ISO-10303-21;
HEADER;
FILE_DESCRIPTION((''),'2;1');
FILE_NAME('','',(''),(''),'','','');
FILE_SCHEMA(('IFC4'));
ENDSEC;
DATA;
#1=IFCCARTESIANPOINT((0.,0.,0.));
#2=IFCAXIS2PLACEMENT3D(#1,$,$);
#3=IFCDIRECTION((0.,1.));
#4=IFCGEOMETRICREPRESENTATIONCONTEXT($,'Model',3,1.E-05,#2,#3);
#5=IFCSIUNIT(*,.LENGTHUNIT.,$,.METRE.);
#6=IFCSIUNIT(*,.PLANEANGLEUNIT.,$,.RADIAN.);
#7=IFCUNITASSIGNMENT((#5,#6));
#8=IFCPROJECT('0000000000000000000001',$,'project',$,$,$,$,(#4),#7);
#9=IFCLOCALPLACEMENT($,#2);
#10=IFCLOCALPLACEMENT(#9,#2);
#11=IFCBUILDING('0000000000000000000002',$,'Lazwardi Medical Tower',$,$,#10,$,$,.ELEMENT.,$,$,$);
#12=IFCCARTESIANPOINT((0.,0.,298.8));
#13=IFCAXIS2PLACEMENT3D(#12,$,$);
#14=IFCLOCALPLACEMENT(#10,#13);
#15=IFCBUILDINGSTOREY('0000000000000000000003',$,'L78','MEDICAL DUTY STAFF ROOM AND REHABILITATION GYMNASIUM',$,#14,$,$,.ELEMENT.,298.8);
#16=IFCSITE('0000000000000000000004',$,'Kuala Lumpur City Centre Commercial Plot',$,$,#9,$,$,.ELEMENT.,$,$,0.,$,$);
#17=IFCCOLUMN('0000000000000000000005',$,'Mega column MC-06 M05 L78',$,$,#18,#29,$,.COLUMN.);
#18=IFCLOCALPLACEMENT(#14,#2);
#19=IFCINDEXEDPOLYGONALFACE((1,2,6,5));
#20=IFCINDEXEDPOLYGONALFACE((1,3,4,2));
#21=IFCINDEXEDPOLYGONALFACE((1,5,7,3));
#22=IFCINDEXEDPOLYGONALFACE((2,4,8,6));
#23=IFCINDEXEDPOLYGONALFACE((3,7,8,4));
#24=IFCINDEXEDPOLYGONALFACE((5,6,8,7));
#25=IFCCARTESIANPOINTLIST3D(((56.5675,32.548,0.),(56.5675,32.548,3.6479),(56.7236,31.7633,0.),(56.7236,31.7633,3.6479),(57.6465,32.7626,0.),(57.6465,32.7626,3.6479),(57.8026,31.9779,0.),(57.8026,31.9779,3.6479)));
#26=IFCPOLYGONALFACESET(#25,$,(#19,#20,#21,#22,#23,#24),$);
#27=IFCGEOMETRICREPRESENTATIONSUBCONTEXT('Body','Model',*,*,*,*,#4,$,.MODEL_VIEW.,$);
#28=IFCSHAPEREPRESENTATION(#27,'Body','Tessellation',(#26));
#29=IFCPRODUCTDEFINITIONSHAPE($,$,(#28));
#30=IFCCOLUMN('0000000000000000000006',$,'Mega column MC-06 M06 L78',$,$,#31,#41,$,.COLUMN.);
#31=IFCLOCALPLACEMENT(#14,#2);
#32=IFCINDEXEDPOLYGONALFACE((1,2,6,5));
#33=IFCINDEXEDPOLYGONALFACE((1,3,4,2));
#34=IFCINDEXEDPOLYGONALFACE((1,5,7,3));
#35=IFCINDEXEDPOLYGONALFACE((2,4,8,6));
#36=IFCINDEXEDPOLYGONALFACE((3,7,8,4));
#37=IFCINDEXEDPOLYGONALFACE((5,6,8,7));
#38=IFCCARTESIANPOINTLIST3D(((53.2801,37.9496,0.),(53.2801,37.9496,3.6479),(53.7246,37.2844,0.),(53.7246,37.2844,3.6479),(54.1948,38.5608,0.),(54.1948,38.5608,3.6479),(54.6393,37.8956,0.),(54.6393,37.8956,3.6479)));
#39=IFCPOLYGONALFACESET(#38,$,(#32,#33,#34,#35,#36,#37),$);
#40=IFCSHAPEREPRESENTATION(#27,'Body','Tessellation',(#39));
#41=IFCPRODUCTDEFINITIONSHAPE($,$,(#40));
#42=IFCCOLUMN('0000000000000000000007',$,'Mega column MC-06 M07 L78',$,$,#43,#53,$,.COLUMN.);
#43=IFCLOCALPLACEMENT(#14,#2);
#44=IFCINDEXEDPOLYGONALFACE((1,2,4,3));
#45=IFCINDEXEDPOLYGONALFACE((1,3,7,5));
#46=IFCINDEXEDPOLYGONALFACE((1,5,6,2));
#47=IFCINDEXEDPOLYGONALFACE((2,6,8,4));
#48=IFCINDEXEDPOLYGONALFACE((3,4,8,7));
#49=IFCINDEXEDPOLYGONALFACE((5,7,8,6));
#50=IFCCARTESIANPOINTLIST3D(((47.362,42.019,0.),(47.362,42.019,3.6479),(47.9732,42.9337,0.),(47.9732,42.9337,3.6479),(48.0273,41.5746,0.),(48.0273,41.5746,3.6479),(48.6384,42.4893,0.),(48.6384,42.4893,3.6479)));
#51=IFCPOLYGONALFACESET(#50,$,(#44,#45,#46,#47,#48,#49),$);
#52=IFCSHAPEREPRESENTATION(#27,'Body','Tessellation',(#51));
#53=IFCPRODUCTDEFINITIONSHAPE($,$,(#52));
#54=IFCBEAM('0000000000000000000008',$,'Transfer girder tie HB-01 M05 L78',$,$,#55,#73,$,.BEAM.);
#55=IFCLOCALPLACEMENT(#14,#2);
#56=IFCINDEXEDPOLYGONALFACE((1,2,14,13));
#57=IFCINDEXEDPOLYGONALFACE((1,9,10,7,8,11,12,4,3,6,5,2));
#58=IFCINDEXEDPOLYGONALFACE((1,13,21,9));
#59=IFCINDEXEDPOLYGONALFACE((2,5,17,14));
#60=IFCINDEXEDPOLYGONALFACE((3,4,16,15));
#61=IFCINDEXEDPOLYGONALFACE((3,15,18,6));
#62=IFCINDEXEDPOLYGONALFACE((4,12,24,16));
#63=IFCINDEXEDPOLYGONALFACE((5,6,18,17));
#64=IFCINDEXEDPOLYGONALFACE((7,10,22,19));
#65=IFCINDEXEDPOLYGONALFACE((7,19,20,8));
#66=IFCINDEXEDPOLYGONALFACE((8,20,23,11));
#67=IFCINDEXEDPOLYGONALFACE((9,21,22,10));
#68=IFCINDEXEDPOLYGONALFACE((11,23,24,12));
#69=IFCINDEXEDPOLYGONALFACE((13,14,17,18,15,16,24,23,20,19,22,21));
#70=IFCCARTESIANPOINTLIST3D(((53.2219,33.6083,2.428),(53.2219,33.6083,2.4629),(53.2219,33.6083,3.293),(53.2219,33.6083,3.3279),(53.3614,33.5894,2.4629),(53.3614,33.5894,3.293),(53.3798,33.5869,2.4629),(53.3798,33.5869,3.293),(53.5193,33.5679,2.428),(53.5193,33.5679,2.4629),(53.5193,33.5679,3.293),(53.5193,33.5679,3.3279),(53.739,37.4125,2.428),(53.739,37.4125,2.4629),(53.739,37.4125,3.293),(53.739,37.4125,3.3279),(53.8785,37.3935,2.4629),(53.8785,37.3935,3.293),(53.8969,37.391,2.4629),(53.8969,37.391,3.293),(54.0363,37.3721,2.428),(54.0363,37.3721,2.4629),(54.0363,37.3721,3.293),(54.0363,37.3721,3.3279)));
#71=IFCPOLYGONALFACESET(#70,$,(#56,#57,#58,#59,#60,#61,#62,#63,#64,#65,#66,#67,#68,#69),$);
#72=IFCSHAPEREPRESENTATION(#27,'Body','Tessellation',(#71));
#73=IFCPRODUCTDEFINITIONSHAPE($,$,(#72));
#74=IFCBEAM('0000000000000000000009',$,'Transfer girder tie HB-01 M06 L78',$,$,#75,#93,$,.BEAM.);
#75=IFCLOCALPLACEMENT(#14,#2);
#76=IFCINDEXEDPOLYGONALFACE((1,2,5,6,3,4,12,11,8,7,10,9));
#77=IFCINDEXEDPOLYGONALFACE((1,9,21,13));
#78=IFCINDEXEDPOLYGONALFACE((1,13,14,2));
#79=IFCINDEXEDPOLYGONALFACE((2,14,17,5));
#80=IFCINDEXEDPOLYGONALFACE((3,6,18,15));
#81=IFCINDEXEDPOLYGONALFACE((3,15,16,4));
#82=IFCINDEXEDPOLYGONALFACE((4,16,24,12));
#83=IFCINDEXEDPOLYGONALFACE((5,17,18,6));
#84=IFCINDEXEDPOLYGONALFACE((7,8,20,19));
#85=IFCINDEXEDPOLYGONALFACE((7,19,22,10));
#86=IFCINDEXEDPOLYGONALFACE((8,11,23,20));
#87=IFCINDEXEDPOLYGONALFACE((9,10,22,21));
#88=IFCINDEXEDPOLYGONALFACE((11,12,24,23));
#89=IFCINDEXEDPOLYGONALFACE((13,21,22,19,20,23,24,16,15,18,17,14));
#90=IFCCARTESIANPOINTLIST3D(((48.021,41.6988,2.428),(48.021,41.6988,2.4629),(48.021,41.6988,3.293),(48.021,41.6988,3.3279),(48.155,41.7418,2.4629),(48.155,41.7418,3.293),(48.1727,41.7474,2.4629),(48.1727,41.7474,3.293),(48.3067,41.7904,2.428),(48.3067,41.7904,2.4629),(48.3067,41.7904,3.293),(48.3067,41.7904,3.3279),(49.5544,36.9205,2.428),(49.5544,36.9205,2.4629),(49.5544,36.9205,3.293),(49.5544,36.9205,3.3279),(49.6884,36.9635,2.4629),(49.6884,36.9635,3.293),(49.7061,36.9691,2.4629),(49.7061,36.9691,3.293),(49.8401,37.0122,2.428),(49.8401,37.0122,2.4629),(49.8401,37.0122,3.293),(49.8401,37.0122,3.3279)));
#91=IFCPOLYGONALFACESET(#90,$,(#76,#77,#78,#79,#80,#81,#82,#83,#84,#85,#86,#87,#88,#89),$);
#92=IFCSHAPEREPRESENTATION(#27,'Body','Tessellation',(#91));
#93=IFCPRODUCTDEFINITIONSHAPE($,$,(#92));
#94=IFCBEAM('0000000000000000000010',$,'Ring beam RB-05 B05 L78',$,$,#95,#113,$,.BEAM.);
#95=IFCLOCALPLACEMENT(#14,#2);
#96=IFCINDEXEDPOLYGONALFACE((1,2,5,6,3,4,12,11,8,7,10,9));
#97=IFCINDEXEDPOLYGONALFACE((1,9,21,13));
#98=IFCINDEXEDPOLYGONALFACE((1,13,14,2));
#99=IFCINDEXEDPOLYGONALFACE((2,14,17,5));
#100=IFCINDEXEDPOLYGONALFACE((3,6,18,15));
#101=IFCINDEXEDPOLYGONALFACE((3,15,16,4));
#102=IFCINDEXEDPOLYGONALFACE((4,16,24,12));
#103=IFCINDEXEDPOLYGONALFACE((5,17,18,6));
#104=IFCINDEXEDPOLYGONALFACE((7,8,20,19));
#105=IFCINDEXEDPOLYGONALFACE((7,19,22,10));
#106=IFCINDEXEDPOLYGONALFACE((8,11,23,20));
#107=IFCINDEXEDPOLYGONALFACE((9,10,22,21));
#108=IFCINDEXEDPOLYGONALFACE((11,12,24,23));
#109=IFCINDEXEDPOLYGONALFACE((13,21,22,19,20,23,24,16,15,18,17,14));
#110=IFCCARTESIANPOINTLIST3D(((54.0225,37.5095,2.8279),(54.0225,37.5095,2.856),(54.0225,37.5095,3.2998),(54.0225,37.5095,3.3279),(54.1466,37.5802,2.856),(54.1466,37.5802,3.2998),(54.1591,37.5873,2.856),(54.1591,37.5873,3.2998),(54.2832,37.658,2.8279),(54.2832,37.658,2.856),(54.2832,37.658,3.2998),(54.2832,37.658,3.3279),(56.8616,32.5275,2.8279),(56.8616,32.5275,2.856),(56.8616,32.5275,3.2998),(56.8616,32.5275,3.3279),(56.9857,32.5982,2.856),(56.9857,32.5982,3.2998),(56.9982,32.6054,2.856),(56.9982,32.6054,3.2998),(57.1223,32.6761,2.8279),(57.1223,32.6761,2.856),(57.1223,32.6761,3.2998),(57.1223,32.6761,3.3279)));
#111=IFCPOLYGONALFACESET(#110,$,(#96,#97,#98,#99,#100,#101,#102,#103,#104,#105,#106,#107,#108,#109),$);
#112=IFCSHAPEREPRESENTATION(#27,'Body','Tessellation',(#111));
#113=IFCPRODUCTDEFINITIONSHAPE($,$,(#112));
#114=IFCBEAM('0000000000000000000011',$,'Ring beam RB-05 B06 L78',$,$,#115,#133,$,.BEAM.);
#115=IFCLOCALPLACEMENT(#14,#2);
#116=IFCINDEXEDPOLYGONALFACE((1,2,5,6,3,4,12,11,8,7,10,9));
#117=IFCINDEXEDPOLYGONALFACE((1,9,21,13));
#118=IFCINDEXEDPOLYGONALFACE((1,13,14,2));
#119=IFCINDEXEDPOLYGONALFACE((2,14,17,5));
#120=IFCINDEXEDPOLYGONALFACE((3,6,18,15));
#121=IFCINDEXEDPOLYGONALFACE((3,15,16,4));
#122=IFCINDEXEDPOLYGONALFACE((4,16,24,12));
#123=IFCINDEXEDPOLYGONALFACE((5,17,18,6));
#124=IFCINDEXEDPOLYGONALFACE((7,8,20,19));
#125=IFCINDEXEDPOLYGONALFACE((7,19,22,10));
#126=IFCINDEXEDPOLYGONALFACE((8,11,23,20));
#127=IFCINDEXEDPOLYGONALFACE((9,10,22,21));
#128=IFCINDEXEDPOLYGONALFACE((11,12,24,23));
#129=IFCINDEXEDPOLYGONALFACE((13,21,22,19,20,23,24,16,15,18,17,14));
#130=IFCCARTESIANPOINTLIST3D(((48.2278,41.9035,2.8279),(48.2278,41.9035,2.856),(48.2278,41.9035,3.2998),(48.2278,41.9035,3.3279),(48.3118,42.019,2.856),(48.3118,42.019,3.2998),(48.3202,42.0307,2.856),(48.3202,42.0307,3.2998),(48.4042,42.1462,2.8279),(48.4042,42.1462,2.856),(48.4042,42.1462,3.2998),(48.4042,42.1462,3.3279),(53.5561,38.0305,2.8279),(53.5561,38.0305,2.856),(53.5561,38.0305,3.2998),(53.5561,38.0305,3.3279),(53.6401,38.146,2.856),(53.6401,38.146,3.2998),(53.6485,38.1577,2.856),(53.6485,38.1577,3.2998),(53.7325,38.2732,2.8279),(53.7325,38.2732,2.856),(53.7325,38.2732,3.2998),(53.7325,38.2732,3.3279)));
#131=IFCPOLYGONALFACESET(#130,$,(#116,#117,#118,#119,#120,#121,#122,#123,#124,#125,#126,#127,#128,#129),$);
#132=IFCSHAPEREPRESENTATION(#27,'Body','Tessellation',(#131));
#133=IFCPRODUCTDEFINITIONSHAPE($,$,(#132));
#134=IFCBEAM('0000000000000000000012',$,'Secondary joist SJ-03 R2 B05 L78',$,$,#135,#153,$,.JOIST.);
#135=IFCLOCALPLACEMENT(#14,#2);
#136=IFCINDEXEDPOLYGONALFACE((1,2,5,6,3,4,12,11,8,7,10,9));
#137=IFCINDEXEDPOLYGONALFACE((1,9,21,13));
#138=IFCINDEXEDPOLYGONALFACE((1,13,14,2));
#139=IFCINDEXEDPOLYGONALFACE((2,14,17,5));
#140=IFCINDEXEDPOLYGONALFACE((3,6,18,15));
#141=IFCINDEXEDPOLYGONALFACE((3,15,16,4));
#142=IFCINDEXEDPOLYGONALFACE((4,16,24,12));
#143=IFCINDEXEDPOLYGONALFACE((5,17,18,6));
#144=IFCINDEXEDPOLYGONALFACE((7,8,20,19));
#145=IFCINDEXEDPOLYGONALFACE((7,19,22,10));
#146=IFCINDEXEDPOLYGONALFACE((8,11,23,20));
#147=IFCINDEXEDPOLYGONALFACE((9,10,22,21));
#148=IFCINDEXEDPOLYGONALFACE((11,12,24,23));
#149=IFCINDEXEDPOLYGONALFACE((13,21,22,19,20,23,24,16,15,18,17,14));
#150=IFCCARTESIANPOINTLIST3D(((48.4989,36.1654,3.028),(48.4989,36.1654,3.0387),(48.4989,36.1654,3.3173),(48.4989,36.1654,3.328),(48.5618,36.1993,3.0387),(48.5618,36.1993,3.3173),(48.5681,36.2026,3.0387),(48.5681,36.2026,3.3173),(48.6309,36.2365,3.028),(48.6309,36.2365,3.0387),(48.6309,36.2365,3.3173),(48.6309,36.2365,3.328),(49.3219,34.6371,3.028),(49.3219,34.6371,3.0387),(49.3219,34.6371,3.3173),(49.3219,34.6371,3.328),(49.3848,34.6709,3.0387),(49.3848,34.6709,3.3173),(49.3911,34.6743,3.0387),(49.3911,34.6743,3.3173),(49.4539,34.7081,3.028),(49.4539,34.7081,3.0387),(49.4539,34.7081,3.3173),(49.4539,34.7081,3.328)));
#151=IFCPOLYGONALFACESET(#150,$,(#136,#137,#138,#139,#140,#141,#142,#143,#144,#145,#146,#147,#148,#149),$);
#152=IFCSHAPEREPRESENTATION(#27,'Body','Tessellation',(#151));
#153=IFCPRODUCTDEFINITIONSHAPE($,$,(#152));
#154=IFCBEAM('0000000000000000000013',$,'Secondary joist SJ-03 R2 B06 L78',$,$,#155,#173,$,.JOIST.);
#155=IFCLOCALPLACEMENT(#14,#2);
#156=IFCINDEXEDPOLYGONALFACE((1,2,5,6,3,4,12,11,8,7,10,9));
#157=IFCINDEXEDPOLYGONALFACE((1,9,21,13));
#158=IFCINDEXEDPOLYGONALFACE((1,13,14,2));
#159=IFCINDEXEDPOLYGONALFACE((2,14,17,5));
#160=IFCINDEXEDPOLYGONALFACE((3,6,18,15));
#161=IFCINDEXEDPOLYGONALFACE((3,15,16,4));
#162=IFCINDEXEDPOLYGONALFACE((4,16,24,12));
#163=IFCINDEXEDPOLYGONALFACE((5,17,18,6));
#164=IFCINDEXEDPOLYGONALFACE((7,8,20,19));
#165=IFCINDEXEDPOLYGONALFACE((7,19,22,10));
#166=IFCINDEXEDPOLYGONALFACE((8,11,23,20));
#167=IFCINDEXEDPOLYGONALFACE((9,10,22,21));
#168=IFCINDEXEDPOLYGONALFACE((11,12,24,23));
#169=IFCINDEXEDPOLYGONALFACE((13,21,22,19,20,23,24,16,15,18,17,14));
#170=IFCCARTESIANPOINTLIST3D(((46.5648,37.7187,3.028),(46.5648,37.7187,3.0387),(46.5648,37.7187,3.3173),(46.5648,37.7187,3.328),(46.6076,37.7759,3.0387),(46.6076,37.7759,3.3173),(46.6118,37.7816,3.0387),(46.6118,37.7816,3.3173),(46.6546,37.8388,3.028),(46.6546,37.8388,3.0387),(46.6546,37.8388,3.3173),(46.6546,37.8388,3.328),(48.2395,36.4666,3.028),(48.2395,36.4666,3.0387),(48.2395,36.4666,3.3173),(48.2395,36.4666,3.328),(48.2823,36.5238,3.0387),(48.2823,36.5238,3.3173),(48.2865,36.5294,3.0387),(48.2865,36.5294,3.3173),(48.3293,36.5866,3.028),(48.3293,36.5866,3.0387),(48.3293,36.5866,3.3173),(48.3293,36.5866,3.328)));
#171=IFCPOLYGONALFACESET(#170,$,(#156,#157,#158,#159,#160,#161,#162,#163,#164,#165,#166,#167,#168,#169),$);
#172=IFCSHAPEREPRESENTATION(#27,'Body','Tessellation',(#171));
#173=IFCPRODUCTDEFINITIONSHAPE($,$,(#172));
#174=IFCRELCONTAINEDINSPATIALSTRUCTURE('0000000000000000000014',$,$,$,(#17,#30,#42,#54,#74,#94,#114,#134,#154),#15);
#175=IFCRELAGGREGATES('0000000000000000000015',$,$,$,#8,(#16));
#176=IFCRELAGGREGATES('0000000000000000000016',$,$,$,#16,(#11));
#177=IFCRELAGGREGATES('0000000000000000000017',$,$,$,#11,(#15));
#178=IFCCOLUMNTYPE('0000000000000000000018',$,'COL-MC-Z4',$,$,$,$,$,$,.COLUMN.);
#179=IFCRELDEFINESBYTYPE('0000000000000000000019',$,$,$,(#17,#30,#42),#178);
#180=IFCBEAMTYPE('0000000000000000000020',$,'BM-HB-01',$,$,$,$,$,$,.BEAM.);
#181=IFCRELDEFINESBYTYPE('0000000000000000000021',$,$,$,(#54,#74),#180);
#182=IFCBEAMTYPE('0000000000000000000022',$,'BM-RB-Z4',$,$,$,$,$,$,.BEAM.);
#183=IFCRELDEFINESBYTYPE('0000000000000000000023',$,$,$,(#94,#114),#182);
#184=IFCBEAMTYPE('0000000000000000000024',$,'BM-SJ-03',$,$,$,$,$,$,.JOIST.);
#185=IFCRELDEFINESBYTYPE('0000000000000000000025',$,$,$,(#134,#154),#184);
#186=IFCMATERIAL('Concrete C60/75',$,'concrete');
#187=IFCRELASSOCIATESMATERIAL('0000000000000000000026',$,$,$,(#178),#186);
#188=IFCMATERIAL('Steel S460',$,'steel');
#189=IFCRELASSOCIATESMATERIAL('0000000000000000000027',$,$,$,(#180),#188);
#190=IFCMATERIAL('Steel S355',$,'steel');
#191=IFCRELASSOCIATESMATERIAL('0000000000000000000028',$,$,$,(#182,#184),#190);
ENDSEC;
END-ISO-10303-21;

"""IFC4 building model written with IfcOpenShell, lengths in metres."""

from ifc_helpers import new_model, si_unit, direction, frame, origin, origin_2d, place, context, subcontext, project, spatial, rectangle, i_section, extrude, material, material_profile, profile_set, type_object, element, save


model = new_model("IFC4")

# Units and contexts
model_context = context("Model", 3, precision=1e-05, world=origin(), true_north=direction((0.0, 1.0)))
body_context = subcontext(model_context, "Body", "Model", "MODEL_VIEW")
ifc_project = project(units=[si_unit("LENGTHUNIT", "METRE"), si_unit("PLANEANGLEUNIT", "RADIAN")], contexts=[model_context])

# Site, building, storey
site_placement = place(None, origin())
site = spatial("IfcSite", under=ifc_project, at=site_placement, Name="Kuala Lumpur City Centre Commercial Plot", CompositionType="ELEMENT", RefElevation=0.0)
building_placement = place(site_placement, origin())
building = spatial("IfcBuilding", under=site, at=building_placement, Name="Lazwardi Medical Tower", CompositionType="ELEMENT")
storey_placement = place(building_placement, frame((0.0, 0.0, 298.8)))
storey = spatial("IfcBuildingStorey", under=building, at=storey_placement, Name="L78", Description="MEDICAL DUTY STAFF ROOM AND REHABILITATION GYMNASIUM", CompositionType="ELEMENT", Elevation=298.8)

# Columns
ifc_material_1 = material(Name="Concrete C60/75", Category="concrete")
ifc_material_profile_1 = material_profile(ifc_material_1, rectangle(XDim=1.1001, YDim=0.8, at=origin_2d()), Name="CFT-RECT 1100x800")
ifc_profile_set_1 = profile_set([ifc_material_profile_1], Name="Concrete C60/75")
column_type = type_object("IfcColumnType", Name="COL-MC-Z4", PredefinedType="COLUMN", material=ifc_profile_set_1)
for number, where, z_axis, x_axis, name in (
    (1, (57.1851, 32.2629, 0.0), (0.0, 0.0, 1.0), (0.980785, 0.19509, 0.0), "Mega column MC-06 M05 L78"),
    (2, (53.9597, 37.9226, 0.0), (0.0, 0.0, 1.0), (0.83147, 0.55557, 0.0), "Mega column MC-06 M06 L78"),
    (3, (48.0002, 42.2542, 0.0), (0.0, 0.0, 1.0), (0.55557, 0.83147, 0.0), "Mega column MC-06 M07 L78"),
):
    element("IfcColumn", number, at=place(storey_placement, frame(where, z_axis=z_axis, x_axis=x_axis)), inside=storey, type_object=column_type, Name=name, PredefinedType="COLUMN", context=body_context, shape_type="SweptSolid", body=[
        extrude(rectangle(XDim=1.1001, YDim=0.8, at=origin_2d()), origin(), (0.0, 0.0, 1.0), 3.6479),
    ])

# Beams
ifc_material_2 = material(Name="Steel S460", Category="steel")
ifc_material_profile_2 = material_profile(ifc_material_2, i_section(OverallWidth=0.3, OverallDepth=0.8999, WebThickness=0.0186, FlangeThickness=0.0349, at=origin_2d()), Name="HEB 900")
ifc_profile_set_2 = profile_set([ifc_material_profile_2], Name="Steel S460")
beam_type_1 = type_object("IfcBeamType", Name="BM-HB-01", PredefinedType="BEAM", material=ifc_profile_set_2)
beam_1_placement = place(storey_placement, frame((53.3706, 33.5881, 2.8779), z_axis=(0.134688, 0.990888, 0.0), x_axis=(-0.990888, 0.134688, 0.0)))
element("IfcBeam", 4, at=beam_1_placement, inside=storey, type_object=beam_type_1, Name="Transfer girder tie HB-01 M05 L78", PredefinedType="BEAM", context=body_context, shape_type="SweptSolid", body=[
    extrude(i_section(OverallWidth=0.3, OverallDepth=0.8999, WebThickness=0.0186, FlangeThickness=0.0349, at=origin_2d()), origin(), (0.0, 0.0, 1.0), 3.8391),
])
beam_2_placement = place(storey_placement, frame((49.6973, 36.9663, 2.8779), z_axis=(-0.305568, 0.95217, 0.0), x_axis=(-0.95217, -0.305568, 0.0)))
element("IfcBeam", 5, at=beam_2_placement, inside=storey, type_object=beam_type_1, Name="Transfer girder tie HB-01 M06 L78", PredefinedType="BEAM", context=body_context, shape_type="SweptSolid", body=[
    extrude(i_section(OverallWidth=0.3, OverallDepth=0.8999, WebThickness=0.0186, FlangeThickness=0.0349, at=origin_2d()), origin(), (0.0, 0.0, 1.0), 5.0183),
])
ifc_material_3 = material(Name="Steel S355", Category="steel")
ifc_material_profile_3 = material_profile(ifc_material_3, i_section(OverallWidth=0.3, OverallDepth=0.5, WebThickness=0.0144, FlangeThickness=0.0281, at=origin_2d()), Name="HEB 500")
ifc_profile_set_3 = profile_set([ifc_material_profile_3], Name="Steel S355")
beam_type_2 = type_object("IfcBeamType", Name="BM-RB-Z4", PredefinedType="BEAM", material=ifc_profile_set_3)
beam_3_placement = place(storey_placement, frame((56.9919, 32.6018, 3.0779), z_axis=(-0.495125, 0.868822, 0.0), x_axis=(-0.868822, -0.495125, 0.0)))
element("IfcBeam", 6, at=beam_3_placement, inside=storey, type_object=beam_type_2, Name="Ring beam RB-05 B05 L78", PredefinedType="BEAM", context=body_context, shape_type="SweptSolid", body=[
    extrude(i_section(OverallWidth=0.3, OverallDepth=0.5, WebThickness=0.0144, FlangeThickness=0.0281, at=origin_2d()), origin(), (0.0, 0.0, 1.0), 5.7341),
])
beam_4_placement = place(storey_placement, frame((53.6443, 38.1519, 3.0779), z_axis=(-0.80889, 0.58796, 0.0), x_axis=(-0.58796, -0.80889, 0.0)))
element("IfcBeam", 7, at=beam_4_placement, inside=storey, type_object=beam_type_2, Name="Ring beam RB-05 B06 L78", PredefinedType="BEAM", context=body_context, shape_type="SweptSolid", body=[
    extrude(i_section(OverallWidth=0.3, OverallDepth=0.5, WebThickness=0.0144, FlangeThickness=0.0281, at=origin_2d()), origin(), (0.0, 0.0, 1.0), 6.5872),
])
ifc_material_profile_4 = material_profile(ifc_material_3, i_section(OverallWidth=0.1499, OverallDepth=0.3, WebThickness=0.0071, FlangeThickness=0.0107, at=origin_2d()), Name="IPE 300")
ifc_profile_set_4 = profile_set([ifc_material_profile_4], Name="Steel S355")
beam_type_3 = type_object("IfcBeamType", Name="BM-SJ-03", PredefinedType="JOIST", material=ifc_profile_set_4)
beam_5_placement = place(storey_placement, frame((49.3879, 34.6726, 3.178), z_axis=(-0.474125, 0.880458, 0.0), x_axis=(-0.880458, -0.474125, 0.0)))
element("IfcBeam", 8, at=beam_5_placement, inside=storey, type_object=beam_type_3, Name="Secondary joist SJ-03 R2 B05 L78", PredefinedType="JOIST", context=body_context, shape_type="SweptSolid", body=[
    extrude(i_section(OverallWidth=0.1499, OverallDepth=0.3, WebThickness=0.0071, FlangeThickness=0.0107, at=origin_2d()), origin(), (0.0, 0.0, 1.0), 1.7358),
])
beam_6_placement = place(storey_placement, frame((48.2844, 36.5266, 3.178), z_axis=(-0.800896, 0.598804, 0.0), x_axis=(-0.598804, -0.800896, 0.0)))
element("IfcBeam", 9, at=beam_6_placement, inside=storey, type_object=beam_type_3, Name="Secondary joist SJ-03 R2 B06 L78", PredefinedType="JOIST", context=body_context, shape_type="SweptSolid", body=[
    extrude(i_section(OverallWidth=0.1499, OverallDepth=0.3, WebThickness=0.0071, FlangeThickness=0.0107, at=origin_2d()), origin(), (0.0, 0.0, 1.0), 2.0911),
])

save(model, "model.ifc")
